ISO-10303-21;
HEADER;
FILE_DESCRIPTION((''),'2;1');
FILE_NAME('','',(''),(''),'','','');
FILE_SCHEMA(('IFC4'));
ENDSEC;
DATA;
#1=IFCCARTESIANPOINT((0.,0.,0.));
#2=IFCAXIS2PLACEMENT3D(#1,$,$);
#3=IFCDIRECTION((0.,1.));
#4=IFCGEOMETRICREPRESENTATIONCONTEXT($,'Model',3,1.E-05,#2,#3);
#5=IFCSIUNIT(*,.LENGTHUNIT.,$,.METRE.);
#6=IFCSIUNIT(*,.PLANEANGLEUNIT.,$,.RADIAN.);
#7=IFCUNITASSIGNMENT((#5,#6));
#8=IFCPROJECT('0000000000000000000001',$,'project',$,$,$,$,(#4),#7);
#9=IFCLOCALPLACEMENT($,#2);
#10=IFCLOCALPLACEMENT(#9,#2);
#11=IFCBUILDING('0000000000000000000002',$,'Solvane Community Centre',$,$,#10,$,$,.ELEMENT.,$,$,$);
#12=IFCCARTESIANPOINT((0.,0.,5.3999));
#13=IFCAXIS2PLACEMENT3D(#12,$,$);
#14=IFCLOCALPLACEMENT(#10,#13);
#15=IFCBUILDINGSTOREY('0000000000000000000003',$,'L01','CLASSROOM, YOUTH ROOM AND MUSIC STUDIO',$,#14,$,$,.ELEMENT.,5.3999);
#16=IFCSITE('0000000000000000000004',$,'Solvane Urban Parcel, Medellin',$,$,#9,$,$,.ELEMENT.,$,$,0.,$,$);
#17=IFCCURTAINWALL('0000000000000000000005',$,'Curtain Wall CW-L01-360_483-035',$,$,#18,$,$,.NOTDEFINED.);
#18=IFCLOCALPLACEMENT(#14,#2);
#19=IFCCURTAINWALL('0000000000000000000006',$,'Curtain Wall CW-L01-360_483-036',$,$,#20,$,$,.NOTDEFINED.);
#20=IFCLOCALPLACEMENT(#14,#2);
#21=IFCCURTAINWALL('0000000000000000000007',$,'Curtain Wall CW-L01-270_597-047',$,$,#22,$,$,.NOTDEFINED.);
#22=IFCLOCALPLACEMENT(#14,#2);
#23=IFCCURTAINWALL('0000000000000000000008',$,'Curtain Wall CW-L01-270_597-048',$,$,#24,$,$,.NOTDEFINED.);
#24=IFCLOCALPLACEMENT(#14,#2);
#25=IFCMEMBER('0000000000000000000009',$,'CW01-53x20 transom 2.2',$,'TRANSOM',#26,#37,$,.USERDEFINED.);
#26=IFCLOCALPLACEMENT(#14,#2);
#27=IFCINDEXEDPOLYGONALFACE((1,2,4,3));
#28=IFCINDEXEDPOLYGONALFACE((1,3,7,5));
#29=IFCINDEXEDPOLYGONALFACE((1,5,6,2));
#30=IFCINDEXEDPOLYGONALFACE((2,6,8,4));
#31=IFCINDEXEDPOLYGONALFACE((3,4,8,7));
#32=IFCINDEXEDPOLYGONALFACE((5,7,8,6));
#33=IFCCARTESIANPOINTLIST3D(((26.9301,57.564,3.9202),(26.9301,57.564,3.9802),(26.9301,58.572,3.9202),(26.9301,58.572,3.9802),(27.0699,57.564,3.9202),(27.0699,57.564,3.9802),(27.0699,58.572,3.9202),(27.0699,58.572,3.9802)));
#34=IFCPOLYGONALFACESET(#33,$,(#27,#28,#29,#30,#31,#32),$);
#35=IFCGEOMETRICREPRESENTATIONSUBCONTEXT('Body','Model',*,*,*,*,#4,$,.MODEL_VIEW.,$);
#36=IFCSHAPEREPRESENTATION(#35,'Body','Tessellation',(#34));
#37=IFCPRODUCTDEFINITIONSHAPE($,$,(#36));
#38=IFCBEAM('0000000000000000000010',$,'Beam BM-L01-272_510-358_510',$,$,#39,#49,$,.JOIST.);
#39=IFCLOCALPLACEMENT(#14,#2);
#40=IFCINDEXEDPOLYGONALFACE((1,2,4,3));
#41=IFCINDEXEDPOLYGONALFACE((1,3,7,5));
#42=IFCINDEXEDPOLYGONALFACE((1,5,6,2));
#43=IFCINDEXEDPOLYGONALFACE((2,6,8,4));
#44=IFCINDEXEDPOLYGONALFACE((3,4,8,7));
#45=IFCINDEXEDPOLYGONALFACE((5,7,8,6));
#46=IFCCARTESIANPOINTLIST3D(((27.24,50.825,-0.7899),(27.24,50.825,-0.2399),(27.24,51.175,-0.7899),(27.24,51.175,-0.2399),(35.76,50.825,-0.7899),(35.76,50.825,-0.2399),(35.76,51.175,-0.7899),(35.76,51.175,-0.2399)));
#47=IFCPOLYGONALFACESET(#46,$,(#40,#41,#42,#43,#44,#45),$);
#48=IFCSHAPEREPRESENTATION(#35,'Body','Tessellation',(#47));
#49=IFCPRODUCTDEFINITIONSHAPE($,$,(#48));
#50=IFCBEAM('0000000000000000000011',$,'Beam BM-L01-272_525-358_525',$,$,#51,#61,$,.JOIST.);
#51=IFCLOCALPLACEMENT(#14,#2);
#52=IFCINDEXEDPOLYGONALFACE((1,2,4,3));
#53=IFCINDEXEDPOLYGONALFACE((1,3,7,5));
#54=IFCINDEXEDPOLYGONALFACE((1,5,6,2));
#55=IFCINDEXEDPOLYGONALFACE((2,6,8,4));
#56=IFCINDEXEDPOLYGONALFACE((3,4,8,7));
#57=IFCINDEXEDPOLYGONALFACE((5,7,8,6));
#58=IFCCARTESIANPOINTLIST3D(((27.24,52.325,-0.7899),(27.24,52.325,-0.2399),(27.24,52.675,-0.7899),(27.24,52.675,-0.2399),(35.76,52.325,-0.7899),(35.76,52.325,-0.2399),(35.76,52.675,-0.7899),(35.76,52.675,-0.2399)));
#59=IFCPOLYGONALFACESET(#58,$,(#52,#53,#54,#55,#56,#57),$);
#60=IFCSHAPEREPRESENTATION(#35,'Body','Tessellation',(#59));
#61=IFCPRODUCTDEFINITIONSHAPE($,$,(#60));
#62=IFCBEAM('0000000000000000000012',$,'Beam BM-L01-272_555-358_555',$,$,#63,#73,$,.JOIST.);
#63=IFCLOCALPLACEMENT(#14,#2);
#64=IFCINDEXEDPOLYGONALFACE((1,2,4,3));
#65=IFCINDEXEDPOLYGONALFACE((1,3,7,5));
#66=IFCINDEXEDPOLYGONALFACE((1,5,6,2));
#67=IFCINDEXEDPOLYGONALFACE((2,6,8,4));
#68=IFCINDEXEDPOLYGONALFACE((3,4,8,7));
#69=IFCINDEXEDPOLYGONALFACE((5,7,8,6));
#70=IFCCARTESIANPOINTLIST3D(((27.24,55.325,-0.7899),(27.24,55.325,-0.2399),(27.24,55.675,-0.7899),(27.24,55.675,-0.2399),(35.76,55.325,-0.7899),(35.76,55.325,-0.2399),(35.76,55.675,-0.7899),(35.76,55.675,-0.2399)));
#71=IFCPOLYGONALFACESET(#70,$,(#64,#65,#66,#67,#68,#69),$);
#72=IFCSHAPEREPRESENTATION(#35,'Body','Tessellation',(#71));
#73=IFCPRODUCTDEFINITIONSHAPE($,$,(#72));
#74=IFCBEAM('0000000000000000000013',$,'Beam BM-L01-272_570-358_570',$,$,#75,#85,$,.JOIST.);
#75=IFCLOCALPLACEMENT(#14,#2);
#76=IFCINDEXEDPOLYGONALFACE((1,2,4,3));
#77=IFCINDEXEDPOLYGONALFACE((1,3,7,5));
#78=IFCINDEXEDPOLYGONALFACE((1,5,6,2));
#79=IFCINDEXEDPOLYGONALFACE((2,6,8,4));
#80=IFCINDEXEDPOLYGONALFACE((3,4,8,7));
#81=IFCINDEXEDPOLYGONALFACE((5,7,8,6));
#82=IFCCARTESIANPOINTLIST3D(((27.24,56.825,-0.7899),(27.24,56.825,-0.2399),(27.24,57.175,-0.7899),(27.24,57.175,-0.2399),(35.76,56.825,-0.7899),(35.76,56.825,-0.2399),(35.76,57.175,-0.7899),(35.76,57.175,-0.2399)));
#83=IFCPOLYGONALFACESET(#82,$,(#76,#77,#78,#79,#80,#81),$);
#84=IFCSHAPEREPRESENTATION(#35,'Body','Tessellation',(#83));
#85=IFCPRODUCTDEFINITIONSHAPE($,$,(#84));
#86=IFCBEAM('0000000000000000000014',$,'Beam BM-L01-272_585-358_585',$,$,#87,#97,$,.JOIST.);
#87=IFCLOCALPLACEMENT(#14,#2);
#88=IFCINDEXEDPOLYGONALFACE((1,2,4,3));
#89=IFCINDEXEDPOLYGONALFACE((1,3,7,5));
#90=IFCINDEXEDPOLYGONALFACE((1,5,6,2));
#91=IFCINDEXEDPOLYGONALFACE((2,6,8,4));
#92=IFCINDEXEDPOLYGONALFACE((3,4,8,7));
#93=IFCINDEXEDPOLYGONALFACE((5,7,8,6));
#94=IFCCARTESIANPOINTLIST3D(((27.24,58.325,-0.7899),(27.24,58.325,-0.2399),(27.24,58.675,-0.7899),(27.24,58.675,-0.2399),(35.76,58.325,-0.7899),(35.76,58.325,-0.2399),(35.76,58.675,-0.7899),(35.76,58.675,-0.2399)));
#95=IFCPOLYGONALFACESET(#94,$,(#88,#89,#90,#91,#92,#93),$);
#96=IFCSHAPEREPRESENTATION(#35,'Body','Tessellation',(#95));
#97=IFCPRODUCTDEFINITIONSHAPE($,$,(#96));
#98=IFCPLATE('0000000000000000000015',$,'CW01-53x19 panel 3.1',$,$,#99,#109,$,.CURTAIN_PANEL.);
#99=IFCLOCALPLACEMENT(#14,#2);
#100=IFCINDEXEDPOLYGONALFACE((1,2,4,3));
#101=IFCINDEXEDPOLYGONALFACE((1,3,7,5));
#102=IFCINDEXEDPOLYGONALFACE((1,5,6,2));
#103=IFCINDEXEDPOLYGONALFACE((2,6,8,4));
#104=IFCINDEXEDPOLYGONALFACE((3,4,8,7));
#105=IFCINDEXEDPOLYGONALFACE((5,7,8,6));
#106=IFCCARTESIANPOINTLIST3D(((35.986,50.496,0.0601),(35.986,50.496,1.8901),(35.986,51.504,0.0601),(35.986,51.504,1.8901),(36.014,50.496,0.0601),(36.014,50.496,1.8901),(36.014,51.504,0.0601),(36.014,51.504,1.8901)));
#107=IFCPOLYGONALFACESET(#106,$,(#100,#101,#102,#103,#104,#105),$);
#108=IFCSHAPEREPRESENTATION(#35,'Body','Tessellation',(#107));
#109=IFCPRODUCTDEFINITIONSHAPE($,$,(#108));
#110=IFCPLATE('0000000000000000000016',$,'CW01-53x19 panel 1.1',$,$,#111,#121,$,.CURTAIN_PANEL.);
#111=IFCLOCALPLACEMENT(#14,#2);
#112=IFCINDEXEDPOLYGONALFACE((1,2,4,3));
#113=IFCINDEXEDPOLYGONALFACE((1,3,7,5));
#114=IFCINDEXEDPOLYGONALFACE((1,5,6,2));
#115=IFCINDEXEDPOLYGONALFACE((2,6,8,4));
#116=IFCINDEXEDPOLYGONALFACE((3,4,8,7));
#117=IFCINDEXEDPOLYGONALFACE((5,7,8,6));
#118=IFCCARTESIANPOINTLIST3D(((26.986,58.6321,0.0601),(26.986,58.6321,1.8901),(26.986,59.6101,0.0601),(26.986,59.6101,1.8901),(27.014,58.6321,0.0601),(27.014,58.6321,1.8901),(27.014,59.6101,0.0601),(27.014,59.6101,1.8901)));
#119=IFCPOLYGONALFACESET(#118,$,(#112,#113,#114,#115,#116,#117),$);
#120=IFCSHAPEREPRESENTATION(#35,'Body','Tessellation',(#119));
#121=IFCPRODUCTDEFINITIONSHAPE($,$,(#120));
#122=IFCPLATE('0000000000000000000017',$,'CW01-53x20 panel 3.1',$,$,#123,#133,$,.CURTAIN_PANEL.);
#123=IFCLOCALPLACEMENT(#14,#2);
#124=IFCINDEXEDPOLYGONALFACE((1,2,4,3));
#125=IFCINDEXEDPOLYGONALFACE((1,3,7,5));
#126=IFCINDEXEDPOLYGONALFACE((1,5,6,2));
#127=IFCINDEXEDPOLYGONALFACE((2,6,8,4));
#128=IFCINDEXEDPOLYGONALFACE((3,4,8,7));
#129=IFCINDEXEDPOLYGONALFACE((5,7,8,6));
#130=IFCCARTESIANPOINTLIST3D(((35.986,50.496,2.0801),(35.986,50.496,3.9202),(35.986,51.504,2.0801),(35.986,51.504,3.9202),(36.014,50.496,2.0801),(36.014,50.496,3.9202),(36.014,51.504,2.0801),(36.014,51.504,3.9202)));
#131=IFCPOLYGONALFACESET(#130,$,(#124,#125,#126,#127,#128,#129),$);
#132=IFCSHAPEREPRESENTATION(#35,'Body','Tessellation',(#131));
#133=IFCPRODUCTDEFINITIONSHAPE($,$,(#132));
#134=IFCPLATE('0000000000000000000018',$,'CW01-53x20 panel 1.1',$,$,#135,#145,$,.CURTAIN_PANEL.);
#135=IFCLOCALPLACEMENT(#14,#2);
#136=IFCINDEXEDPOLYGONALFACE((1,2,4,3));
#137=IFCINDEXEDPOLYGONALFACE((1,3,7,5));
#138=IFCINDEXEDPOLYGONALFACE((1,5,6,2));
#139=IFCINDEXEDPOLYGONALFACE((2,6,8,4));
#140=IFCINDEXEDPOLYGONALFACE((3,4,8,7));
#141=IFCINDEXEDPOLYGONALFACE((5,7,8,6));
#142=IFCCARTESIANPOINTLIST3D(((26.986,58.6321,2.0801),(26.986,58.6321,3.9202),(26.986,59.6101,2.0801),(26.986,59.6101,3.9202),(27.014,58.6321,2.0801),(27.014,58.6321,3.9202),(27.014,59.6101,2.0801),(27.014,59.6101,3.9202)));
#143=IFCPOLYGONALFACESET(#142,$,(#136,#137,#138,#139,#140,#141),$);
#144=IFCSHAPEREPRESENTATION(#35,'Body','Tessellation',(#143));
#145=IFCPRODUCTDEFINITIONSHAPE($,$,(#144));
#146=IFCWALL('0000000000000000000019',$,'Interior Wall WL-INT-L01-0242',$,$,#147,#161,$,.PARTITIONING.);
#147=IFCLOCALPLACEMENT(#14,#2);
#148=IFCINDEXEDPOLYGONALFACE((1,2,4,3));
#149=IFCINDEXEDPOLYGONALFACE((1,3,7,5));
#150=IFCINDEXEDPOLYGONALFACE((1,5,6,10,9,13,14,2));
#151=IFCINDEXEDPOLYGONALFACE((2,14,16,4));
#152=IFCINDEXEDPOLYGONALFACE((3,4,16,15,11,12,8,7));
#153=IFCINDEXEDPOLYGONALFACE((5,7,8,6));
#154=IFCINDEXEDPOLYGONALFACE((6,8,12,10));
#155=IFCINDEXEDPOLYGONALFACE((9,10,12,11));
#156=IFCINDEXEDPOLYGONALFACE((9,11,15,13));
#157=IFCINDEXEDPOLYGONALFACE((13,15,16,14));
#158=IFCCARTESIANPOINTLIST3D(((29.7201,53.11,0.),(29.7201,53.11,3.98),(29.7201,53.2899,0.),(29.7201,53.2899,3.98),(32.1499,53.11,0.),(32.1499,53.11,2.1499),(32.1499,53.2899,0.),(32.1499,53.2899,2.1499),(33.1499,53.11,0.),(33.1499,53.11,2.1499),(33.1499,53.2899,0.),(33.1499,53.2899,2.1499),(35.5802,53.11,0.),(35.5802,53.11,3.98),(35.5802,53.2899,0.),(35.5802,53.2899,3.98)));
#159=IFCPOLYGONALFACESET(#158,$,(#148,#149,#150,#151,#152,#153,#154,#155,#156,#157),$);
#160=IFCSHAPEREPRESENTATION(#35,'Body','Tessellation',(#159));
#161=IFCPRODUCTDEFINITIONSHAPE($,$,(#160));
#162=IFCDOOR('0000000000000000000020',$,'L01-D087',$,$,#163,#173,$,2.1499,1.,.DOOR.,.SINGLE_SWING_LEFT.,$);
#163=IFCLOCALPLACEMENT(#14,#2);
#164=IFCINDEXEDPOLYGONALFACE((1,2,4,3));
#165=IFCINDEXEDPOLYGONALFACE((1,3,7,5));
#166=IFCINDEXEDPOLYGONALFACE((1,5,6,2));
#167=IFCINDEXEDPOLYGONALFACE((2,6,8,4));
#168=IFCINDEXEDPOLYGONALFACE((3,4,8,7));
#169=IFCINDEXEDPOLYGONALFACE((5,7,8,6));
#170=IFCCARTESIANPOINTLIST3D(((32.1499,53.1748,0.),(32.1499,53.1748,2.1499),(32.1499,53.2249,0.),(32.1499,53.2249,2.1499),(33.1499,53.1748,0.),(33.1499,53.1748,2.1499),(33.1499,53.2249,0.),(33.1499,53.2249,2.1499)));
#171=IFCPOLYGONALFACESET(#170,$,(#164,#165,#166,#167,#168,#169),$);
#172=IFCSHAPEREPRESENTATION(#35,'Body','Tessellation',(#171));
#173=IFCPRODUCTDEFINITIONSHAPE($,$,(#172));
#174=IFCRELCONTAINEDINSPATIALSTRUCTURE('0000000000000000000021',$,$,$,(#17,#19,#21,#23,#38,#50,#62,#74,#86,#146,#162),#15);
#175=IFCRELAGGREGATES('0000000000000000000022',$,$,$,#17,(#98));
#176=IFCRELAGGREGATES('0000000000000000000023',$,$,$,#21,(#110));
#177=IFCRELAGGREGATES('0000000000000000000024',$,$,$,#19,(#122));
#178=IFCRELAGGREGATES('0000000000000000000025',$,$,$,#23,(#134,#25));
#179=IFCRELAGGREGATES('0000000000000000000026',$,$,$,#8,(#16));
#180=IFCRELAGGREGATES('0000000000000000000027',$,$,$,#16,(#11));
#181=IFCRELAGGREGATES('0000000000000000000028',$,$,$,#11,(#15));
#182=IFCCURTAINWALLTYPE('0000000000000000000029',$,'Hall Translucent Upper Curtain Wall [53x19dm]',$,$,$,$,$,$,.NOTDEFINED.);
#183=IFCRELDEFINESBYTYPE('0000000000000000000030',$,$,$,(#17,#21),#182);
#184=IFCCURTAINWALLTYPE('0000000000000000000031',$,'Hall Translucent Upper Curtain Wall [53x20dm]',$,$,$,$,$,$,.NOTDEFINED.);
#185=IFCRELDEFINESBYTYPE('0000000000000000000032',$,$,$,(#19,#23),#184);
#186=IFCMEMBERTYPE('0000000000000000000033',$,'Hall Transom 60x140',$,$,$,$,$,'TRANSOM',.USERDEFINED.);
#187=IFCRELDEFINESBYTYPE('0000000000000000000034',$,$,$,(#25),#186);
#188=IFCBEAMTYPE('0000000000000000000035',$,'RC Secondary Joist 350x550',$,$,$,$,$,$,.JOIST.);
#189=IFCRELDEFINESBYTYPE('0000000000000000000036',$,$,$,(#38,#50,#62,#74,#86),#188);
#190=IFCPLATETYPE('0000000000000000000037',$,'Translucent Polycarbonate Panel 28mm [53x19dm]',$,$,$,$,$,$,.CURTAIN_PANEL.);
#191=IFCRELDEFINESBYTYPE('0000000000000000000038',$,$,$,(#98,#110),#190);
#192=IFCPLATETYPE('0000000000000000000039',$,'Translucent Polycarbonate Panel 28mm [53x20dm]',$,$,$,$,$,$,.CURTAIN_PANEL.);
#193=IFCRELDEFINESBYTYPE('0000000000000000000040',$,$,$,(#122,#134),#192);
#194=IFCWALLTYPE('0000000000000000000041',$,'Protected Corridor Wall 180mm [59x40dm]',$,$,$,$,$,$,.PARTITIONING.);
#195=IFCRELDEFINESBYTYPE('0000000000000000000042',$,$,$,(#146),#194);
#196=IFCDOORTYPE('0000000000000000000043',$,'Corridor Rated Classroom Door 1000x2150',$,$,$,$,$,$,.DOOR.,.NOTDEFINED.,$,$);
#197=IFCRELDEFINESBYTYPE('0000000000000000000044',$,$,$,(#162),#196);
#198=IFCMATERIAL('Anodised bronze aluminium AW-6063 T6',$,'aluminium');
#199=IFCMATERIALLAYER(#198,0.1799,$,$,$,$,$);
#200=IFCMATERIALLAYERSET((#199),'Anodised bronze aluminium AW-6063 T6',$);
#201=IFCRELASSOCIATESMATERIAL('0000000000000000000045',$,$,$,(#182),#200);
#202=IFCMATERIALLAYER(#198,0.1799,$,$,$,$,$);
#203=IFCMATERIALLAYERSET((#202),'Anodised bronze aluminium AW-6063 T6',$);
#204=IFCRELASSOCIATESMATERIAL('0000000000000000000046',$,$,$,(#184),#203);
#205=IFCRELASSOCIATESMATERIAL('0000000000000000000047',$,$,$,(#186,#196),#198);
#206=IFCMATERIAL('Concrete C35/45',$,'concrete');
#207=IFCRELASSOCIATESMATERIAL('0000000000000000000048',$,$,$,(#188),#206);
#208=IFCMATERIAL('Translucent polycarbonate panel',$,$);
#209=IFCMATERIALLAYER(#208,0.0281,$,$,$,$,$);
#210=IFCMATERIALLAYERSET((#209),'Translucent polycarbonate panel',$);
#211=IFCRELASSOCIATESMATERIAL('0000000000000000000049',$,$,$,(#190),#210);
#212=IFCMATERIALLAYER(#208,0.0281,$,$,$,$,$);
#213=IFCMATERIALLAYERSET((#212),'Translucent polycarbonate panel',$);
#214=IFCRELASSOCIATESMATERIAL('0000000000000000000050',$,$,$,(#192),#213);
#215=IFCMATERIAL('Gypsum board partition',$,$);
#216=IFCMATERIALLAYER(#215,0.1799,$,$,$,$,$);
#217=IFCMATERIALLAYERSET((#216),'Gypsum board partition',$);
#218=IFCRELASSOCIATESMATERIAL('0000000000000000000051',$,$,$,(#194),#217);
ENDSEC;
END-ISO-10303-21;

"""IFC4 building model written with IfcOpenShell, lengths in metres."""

from ifc_helpers import new_model, si_unit, direction, frame, frame_2d, origin, origin_2d, place, context, subcontext, project, spatial, rectangle, extrude, material, layer, layer_set, material_profile, profile_set, type_object, element, fill, aggregate, save


model = new_model("IFC4")

# Units and contexts
model_context = context("Model", 3, precision=1e-05, world=origin(), true_north=direction((0.0, 1.0)))
body_context = subcontext(model_context, "Body", "Model", "MODEL_VIEW")
ifc_project = project(units=[si_unit("LENGTHUNIT", "METRE"), si_unit("PLANEANGLEUNIT", "RADIAN")], contexts=[model_context])

# Site, building, storey
site_placement = place(None, origin())
site = spatial("IfcSite", under=ifc_project, at=site_placement, Name="Solvane Urban Parcel, Medellin", CompositionType="ELEMENT", RefElevation=0.0)
building_placement = place(site_placement, origin())
building = spatial("IfcBuilding", under=site, at=building_placement, Name="Solvane Community Centre", CompositionType="ELEMENT")
storey_placement = place(building_placement, frame((0.0, 0.0, 5.3999)))
storey = spatial("IfcBuildingStorey", under=building, at=storey_placement, Name="L01", Description="CLASSROOM, YOUTH ROOM AND MUSIC STUDIO", CompositionType="ELEMENT", Elevation=5.3999)

# Curtain walls
ifc_material_1 = material(Name="Anodised bronze aluminium AW-6063 T6", Category="aluminium")
ifc_layer_1 = layer(ifc_material_1, 0.1799)
ifc_layer_set_1 = layer_set([ifc_layer_1], Name="Anodised bronze aluminium AW-6063 T6")
curtain_wall_type_1 = type_object("IfcCurtainWallType", Name="Hall Translucent Upper Curtain Wall [53x19dm]", PredefinedType="NOTDEFINED", material=ifc_layer_set_1)
curtain_wall_1_placement = place(storey_placement, origin())
curtain_wall_1 = element("IfcCurtainWall", 1, at=curtain_wall_1_placement, inside=storey, type_object=curtain_wall_type_1, Name="Curtain Wall CW-L01-360_483-035", PredefinedType="NOTDEFINED")
ifc_layer_2 = layer(ifc_material_1, 0.1799)
ifc_layer_set_2 = layer_set([ifc_layer_2], Name="Anodised bronze aluminium AW-6063 T6")
curtain_wall_type_2 = type_object("IfcCurtainWallType", Name="Hall Translucent Upper Curtain Wall [53x20dm]", PredefinedType="NOTDEFINED", material=ifc_layer_set_2)
curtain_wall_2_placement = place(storey_placement, origin())
curtain_wall_2 = element("IfcCurtainWall", 2, at=curtain_wall_2_placement, inside=storey, type_object=curtain_wall_type_2, Name="Curtain Wall CW-L01-360_483-036", PredefinedType="NOTDEFINED")

# Curtain walls
curtain_wall_3_placement = place(storey_placement, origin())
curtain_wall_3 = element("IfcCurtainWall", 3, at=curtain_wall_3_placement, inside=storey, type_object=curtain_wall_type_1, Name="Curtain Wall CW-L01-270_597-047", PredefinedType="NOTDEFINED")
curtain_wall_4_placement = place(storey_placement, origin())
curtain_wall_4 = element("IfcCurtainWall", 4, at=curtain_wall_4_placement, inside=storey, type_object=curtain_wall_type_2, Name="Curtain Wall CW-L01-270_597-048", PredefinedType="NOTDEFINED")

# Member
ifc_material_profile_1 = material_profile(ifc_material_1, rectangle(XDim=0.1399, YDim=0.0601, at=origin_2d()), Name="CW-T 60x140")
ifc_profile_set_1 = profile_set([ifc_material_profile_1], Name="Anodised bronze aluminium AW-6063 T6")
member_type_1 = type_object("IfcMemberType", Name="Hall Transom 60x140", ElementType="TRANSOM", PredefinedType="USERDEFINED", material=ifc_profile_set_1)
member_1_placement = place(storey_placement, frame((27.0, 58.572, 3.9502), z_axis=(0.0, -1.0, 0.0), x_axis=(1.0, 0.0, 0.0)))
member_1 = element("IfcMember", 5, at=member_1_placement, type_object=member_type_1, Name="CW01-53x20 transom 2.2", ObjectType="TRANSOM", PredefinedType="USERDEFINED", context=body_context, shape_type="SweptSolid", body=[
    extrude(rectangle(XDim=0.1399, YDim=0.0601, at=origin_2d()), origin(), (0.0, 0.0, 1.0), 1.0081),
])

# Beams
ifc_material_2 = material(Name="Concrete C35/45", Category="concrete")
ifc_material_profile_2 = material_profile(ifc_material_2, rectangle(XDim=0.3501, YDim=0.55, at=origin_2d()), Name="RC 350x550")
ifc_profile_set_2 = profile_set([ifc_material_profile_2], Name="Concrete C35/45")
beam_type = type_object("IfcBeamType", Name="RC Secondary Joist 350x550", PredefinedType="JOIST", material=ifc_profile_set_2)
for number, where, z_axis, x_axis, name in (
    (6, (27.24, 51.0, -0.5149), (1.0, 0.0, 0.0), (0.0, 1.0, 0.0), "Beam BM-L01-272_510-358_510"),
    (7, (27.24, 52.5, -0.5149), (1.0, 0.0, 0.0), (0.0, 1.0, 0.0), "Beam BM-L01-272_525-358_525"),
    (8, (27.24, 55.5, -0.5149), (1.0, 0.0, 0.0), (0.0, 1.0, 0.0), "Beam BM-L01-272_555-358_555"),
    (9, (27.24, 57.0, -0.5149), (1.0, 0.0, 0.0), (0.0, 1.0, 0.0), "Beam BM-L01-272_570-358_570"),
    (10, (27.24, 58.5, -0.5149), (1.0, 0.0, 0.0), (0.0, 1.0, 0.0), "Beam BM-L01-272_585-358_585"),
):
    element("IfcBeam", number, at=place(storey_placement, frame(where, z_axis=z_axis, x_axis=x_axis)), inside=storey, type_object=beam_type, Name=name, PredefinedType="JOIST", context=body_context, shape_type="SweptSolid", body=[
        extrude(rectangle(XDim=0.3501, YDim=0.55, at=origin_2d()), origin(), (0.0, 0.0, 1.0), 8.52),
    ])

# Plates
ifc_material_3 = material(Name="Translucent polycarbonate panel")
ifc_layer_3 = layer(ifc_material_3, 0.0281)
ifc_layer_set_3 = layer_set([ifc_layer_3], Name="Translucent polycarbonate panel")
plate_type_1 = type_object("IfcPlateType", Name="Translucent Polycarbonate Panel 28mm [53x19dm]", PredefinedType="CURTAIN_PANEL", material=ifc_layer_set_3)
plate_1_placement = place(storey_placement, frame((36.0, 51.0, 0.0601), z_axis=(0.0, 0.0, 1.0), x_axis=(0.0, 1.0, 0.0)))
plate_1 = element("IfcPlate", 11, at=plate_1_placement, type_object=plate_type_1, Name="CW01-53x19 panel 3.1", PredefinedType="CURTAIN_PANEL", context=body_context, shape_type="SweptSolid", body=[
    extrude(rectangle(XDim=1.0081, YDim=0.0281, at=origin_2d()), origin(), (0.0, 0.0, 1.0), 1.8301),
])
aggregate(curtain_wall_1, [plate_1])
plate_2_placement = place(storey_placement, frame((27.0, 59.1211, 0.0601), z_axis=(0.0, 0.0, 1.0), x_axis=(0.0, -1.0, 0.0)))
plate_2 = element("IfcPlate", 12, at=plate_2_placement, type_object=plate_type_1, Name="CW01-53x19 panel 1.1", PredefinedType="CURTAIN_PANEL", context=body_context, shape_type="SweptSolid", body=[
    extrude(rectangle(XDim=0.978, YDim=0.0281, at=origin_2d()), origin(), (0.0, 0.0, 1.0), 1.8301),
])
aggregate(curtain_wall_3, [plate_2])
ifc_layer_4 = layer(ifc_material_3, 0.0281)
ifc_layer_set_4 = layer_set([ifc_layer_4], Name="Translucent polycarbonate panel")
plate_type_2 = type_object("IfcPlateType", Name="Translucent Polycarbonate Panel 28mm [53x20dm]", PredefinedType="CURTAIN_PANEL", material=ifc_layer_set_4)
plate_3_placement = place(storey_placement, frame((36.0, 51.0, 2.0801), z_axis=(0.0, 0.0, 1.0), x_axis=(0.0, 1.0, 0.0)))
plate_3 = element("IfcPlate", 13, at=plate_3_placement, type_object=plate_type_2, Name="CW01-53x20 panel 3.1", PredefinedType="CURTAIN_PANEL", context=body_context, shape_type="SweptSolid", body=[
    extrude(rectangle(XDim=1.0081, YDim=0.0281, at=origin_2d()), origin(), (0.0, 0.0, 1.0), 1.8401),
])
aggregate(curtain_wall_2, [plate_3])
plate_4_placement = place(storey_placement, frame((27.0, 59.1211, 2.0801), z_axis=(0.0, 0.0, 1.0), x_axis=(0.0, -1.0, 0.0)))
plate_4 = element("IfcPlate", 14, at=plate_4_placement, type_object=plate_type_2, Name="CW01-53x20 panel 1.1", PredefinedType="CURTAIN_PANEL", context=body_context, shape_type="SweptSolid", body=[
    extrude(rectangle(XDim=0.978, YDim=0.0281, at=origin_2d()), origin(), (0.0, 0.0, 1.0), 1.8401),
])
aggregate(curtain_wall_4, [plate_4, member_1])

# Wall, opening, door
ifc_material_4 = material(Name="Gypsum board partition")
ifc_layer_5 = layer(ifc_material_4, 0.1799)
ifc_layer_set_5 = layer_set([ifc_layer_5], Name="Gypsum board partition")
wall_type = type_object("IfcWallType", Name="Protected Corridor Wall 180mm [59x40dm]", PredefinedType="PARTITIONING", material=ifc_layer_set_5)
wall_placement = place(storey_placement, frame((29.72, 53.2, 0.0), z_axis=(0.0, 0.0, 1.0), x_axis=(1.0, 0.0, 0.0)))
wall = element("IfcWall", 15, at=wall_placement, inside=storey, type_object=wall_type, Name="Interior Wall WL-INT-L01-0242", PredefinedType="PARTITIONING", context=body_context, shape_type="SweptSolid", body=[
    extrude(rectangle(XDim=5.8601, YDim=0.1799, at=frame_2d((2.9302, 0.0))), origin(), (0.0, 0.0, 1.0), 3.98),
])
opening_placement = place(wall_placement, frame((2.4299, 0.0, 0.0)))
opening = element("IfcOpeningElement", 16, at=opening_placement, cuts=wall, PredefinedType="OPENING", context=body_context, shape_type="SweptSolid", body=[
    extrude(rectangle(XDim=1.0, YDim=2.1499, at=frame_2d((0.5, 1.075))), frame((0.0, 0.0999, 0.0), z_axis=(0.0, -1.0, 0.0), x_axis=(1.0, 0.0, 0.0)), (0.0, 0.0, 1.0), 0.2),
])
door_type = type_object("IfcDoorType", Name="Corridor Rated Classroom Door 1000x2150", OperationType="NOTDEFINED", PredefinedType="DOOR", material=ifc_material_1)
door_placement = place(opening_placement, origin())
door = element("IfcDoor", 17, at=door_placement, inside=storey, type_object=door_type, Name="L01-D087", OperationType="SINGLE_SWING_LEFT", OverallHeight=2.1499, OverallWidth=1.0, PredefinedType="DOOR", context=body_context, shape_type="SweptSolid", body=[
    extrude(rectangle(XDim=1.0, YDim=2.1499, at=frame_2d((0.5, 1.075))), frame((0.0, 0.0249, 0.0), z_axis=(0.0, -1.0, 0.0), x_axis=(1.0, 0.0, 0.0)), (0.0, 0.0, 1.0), 0.05),
])
fill(opening, door)

save(model, "model.ifc")
